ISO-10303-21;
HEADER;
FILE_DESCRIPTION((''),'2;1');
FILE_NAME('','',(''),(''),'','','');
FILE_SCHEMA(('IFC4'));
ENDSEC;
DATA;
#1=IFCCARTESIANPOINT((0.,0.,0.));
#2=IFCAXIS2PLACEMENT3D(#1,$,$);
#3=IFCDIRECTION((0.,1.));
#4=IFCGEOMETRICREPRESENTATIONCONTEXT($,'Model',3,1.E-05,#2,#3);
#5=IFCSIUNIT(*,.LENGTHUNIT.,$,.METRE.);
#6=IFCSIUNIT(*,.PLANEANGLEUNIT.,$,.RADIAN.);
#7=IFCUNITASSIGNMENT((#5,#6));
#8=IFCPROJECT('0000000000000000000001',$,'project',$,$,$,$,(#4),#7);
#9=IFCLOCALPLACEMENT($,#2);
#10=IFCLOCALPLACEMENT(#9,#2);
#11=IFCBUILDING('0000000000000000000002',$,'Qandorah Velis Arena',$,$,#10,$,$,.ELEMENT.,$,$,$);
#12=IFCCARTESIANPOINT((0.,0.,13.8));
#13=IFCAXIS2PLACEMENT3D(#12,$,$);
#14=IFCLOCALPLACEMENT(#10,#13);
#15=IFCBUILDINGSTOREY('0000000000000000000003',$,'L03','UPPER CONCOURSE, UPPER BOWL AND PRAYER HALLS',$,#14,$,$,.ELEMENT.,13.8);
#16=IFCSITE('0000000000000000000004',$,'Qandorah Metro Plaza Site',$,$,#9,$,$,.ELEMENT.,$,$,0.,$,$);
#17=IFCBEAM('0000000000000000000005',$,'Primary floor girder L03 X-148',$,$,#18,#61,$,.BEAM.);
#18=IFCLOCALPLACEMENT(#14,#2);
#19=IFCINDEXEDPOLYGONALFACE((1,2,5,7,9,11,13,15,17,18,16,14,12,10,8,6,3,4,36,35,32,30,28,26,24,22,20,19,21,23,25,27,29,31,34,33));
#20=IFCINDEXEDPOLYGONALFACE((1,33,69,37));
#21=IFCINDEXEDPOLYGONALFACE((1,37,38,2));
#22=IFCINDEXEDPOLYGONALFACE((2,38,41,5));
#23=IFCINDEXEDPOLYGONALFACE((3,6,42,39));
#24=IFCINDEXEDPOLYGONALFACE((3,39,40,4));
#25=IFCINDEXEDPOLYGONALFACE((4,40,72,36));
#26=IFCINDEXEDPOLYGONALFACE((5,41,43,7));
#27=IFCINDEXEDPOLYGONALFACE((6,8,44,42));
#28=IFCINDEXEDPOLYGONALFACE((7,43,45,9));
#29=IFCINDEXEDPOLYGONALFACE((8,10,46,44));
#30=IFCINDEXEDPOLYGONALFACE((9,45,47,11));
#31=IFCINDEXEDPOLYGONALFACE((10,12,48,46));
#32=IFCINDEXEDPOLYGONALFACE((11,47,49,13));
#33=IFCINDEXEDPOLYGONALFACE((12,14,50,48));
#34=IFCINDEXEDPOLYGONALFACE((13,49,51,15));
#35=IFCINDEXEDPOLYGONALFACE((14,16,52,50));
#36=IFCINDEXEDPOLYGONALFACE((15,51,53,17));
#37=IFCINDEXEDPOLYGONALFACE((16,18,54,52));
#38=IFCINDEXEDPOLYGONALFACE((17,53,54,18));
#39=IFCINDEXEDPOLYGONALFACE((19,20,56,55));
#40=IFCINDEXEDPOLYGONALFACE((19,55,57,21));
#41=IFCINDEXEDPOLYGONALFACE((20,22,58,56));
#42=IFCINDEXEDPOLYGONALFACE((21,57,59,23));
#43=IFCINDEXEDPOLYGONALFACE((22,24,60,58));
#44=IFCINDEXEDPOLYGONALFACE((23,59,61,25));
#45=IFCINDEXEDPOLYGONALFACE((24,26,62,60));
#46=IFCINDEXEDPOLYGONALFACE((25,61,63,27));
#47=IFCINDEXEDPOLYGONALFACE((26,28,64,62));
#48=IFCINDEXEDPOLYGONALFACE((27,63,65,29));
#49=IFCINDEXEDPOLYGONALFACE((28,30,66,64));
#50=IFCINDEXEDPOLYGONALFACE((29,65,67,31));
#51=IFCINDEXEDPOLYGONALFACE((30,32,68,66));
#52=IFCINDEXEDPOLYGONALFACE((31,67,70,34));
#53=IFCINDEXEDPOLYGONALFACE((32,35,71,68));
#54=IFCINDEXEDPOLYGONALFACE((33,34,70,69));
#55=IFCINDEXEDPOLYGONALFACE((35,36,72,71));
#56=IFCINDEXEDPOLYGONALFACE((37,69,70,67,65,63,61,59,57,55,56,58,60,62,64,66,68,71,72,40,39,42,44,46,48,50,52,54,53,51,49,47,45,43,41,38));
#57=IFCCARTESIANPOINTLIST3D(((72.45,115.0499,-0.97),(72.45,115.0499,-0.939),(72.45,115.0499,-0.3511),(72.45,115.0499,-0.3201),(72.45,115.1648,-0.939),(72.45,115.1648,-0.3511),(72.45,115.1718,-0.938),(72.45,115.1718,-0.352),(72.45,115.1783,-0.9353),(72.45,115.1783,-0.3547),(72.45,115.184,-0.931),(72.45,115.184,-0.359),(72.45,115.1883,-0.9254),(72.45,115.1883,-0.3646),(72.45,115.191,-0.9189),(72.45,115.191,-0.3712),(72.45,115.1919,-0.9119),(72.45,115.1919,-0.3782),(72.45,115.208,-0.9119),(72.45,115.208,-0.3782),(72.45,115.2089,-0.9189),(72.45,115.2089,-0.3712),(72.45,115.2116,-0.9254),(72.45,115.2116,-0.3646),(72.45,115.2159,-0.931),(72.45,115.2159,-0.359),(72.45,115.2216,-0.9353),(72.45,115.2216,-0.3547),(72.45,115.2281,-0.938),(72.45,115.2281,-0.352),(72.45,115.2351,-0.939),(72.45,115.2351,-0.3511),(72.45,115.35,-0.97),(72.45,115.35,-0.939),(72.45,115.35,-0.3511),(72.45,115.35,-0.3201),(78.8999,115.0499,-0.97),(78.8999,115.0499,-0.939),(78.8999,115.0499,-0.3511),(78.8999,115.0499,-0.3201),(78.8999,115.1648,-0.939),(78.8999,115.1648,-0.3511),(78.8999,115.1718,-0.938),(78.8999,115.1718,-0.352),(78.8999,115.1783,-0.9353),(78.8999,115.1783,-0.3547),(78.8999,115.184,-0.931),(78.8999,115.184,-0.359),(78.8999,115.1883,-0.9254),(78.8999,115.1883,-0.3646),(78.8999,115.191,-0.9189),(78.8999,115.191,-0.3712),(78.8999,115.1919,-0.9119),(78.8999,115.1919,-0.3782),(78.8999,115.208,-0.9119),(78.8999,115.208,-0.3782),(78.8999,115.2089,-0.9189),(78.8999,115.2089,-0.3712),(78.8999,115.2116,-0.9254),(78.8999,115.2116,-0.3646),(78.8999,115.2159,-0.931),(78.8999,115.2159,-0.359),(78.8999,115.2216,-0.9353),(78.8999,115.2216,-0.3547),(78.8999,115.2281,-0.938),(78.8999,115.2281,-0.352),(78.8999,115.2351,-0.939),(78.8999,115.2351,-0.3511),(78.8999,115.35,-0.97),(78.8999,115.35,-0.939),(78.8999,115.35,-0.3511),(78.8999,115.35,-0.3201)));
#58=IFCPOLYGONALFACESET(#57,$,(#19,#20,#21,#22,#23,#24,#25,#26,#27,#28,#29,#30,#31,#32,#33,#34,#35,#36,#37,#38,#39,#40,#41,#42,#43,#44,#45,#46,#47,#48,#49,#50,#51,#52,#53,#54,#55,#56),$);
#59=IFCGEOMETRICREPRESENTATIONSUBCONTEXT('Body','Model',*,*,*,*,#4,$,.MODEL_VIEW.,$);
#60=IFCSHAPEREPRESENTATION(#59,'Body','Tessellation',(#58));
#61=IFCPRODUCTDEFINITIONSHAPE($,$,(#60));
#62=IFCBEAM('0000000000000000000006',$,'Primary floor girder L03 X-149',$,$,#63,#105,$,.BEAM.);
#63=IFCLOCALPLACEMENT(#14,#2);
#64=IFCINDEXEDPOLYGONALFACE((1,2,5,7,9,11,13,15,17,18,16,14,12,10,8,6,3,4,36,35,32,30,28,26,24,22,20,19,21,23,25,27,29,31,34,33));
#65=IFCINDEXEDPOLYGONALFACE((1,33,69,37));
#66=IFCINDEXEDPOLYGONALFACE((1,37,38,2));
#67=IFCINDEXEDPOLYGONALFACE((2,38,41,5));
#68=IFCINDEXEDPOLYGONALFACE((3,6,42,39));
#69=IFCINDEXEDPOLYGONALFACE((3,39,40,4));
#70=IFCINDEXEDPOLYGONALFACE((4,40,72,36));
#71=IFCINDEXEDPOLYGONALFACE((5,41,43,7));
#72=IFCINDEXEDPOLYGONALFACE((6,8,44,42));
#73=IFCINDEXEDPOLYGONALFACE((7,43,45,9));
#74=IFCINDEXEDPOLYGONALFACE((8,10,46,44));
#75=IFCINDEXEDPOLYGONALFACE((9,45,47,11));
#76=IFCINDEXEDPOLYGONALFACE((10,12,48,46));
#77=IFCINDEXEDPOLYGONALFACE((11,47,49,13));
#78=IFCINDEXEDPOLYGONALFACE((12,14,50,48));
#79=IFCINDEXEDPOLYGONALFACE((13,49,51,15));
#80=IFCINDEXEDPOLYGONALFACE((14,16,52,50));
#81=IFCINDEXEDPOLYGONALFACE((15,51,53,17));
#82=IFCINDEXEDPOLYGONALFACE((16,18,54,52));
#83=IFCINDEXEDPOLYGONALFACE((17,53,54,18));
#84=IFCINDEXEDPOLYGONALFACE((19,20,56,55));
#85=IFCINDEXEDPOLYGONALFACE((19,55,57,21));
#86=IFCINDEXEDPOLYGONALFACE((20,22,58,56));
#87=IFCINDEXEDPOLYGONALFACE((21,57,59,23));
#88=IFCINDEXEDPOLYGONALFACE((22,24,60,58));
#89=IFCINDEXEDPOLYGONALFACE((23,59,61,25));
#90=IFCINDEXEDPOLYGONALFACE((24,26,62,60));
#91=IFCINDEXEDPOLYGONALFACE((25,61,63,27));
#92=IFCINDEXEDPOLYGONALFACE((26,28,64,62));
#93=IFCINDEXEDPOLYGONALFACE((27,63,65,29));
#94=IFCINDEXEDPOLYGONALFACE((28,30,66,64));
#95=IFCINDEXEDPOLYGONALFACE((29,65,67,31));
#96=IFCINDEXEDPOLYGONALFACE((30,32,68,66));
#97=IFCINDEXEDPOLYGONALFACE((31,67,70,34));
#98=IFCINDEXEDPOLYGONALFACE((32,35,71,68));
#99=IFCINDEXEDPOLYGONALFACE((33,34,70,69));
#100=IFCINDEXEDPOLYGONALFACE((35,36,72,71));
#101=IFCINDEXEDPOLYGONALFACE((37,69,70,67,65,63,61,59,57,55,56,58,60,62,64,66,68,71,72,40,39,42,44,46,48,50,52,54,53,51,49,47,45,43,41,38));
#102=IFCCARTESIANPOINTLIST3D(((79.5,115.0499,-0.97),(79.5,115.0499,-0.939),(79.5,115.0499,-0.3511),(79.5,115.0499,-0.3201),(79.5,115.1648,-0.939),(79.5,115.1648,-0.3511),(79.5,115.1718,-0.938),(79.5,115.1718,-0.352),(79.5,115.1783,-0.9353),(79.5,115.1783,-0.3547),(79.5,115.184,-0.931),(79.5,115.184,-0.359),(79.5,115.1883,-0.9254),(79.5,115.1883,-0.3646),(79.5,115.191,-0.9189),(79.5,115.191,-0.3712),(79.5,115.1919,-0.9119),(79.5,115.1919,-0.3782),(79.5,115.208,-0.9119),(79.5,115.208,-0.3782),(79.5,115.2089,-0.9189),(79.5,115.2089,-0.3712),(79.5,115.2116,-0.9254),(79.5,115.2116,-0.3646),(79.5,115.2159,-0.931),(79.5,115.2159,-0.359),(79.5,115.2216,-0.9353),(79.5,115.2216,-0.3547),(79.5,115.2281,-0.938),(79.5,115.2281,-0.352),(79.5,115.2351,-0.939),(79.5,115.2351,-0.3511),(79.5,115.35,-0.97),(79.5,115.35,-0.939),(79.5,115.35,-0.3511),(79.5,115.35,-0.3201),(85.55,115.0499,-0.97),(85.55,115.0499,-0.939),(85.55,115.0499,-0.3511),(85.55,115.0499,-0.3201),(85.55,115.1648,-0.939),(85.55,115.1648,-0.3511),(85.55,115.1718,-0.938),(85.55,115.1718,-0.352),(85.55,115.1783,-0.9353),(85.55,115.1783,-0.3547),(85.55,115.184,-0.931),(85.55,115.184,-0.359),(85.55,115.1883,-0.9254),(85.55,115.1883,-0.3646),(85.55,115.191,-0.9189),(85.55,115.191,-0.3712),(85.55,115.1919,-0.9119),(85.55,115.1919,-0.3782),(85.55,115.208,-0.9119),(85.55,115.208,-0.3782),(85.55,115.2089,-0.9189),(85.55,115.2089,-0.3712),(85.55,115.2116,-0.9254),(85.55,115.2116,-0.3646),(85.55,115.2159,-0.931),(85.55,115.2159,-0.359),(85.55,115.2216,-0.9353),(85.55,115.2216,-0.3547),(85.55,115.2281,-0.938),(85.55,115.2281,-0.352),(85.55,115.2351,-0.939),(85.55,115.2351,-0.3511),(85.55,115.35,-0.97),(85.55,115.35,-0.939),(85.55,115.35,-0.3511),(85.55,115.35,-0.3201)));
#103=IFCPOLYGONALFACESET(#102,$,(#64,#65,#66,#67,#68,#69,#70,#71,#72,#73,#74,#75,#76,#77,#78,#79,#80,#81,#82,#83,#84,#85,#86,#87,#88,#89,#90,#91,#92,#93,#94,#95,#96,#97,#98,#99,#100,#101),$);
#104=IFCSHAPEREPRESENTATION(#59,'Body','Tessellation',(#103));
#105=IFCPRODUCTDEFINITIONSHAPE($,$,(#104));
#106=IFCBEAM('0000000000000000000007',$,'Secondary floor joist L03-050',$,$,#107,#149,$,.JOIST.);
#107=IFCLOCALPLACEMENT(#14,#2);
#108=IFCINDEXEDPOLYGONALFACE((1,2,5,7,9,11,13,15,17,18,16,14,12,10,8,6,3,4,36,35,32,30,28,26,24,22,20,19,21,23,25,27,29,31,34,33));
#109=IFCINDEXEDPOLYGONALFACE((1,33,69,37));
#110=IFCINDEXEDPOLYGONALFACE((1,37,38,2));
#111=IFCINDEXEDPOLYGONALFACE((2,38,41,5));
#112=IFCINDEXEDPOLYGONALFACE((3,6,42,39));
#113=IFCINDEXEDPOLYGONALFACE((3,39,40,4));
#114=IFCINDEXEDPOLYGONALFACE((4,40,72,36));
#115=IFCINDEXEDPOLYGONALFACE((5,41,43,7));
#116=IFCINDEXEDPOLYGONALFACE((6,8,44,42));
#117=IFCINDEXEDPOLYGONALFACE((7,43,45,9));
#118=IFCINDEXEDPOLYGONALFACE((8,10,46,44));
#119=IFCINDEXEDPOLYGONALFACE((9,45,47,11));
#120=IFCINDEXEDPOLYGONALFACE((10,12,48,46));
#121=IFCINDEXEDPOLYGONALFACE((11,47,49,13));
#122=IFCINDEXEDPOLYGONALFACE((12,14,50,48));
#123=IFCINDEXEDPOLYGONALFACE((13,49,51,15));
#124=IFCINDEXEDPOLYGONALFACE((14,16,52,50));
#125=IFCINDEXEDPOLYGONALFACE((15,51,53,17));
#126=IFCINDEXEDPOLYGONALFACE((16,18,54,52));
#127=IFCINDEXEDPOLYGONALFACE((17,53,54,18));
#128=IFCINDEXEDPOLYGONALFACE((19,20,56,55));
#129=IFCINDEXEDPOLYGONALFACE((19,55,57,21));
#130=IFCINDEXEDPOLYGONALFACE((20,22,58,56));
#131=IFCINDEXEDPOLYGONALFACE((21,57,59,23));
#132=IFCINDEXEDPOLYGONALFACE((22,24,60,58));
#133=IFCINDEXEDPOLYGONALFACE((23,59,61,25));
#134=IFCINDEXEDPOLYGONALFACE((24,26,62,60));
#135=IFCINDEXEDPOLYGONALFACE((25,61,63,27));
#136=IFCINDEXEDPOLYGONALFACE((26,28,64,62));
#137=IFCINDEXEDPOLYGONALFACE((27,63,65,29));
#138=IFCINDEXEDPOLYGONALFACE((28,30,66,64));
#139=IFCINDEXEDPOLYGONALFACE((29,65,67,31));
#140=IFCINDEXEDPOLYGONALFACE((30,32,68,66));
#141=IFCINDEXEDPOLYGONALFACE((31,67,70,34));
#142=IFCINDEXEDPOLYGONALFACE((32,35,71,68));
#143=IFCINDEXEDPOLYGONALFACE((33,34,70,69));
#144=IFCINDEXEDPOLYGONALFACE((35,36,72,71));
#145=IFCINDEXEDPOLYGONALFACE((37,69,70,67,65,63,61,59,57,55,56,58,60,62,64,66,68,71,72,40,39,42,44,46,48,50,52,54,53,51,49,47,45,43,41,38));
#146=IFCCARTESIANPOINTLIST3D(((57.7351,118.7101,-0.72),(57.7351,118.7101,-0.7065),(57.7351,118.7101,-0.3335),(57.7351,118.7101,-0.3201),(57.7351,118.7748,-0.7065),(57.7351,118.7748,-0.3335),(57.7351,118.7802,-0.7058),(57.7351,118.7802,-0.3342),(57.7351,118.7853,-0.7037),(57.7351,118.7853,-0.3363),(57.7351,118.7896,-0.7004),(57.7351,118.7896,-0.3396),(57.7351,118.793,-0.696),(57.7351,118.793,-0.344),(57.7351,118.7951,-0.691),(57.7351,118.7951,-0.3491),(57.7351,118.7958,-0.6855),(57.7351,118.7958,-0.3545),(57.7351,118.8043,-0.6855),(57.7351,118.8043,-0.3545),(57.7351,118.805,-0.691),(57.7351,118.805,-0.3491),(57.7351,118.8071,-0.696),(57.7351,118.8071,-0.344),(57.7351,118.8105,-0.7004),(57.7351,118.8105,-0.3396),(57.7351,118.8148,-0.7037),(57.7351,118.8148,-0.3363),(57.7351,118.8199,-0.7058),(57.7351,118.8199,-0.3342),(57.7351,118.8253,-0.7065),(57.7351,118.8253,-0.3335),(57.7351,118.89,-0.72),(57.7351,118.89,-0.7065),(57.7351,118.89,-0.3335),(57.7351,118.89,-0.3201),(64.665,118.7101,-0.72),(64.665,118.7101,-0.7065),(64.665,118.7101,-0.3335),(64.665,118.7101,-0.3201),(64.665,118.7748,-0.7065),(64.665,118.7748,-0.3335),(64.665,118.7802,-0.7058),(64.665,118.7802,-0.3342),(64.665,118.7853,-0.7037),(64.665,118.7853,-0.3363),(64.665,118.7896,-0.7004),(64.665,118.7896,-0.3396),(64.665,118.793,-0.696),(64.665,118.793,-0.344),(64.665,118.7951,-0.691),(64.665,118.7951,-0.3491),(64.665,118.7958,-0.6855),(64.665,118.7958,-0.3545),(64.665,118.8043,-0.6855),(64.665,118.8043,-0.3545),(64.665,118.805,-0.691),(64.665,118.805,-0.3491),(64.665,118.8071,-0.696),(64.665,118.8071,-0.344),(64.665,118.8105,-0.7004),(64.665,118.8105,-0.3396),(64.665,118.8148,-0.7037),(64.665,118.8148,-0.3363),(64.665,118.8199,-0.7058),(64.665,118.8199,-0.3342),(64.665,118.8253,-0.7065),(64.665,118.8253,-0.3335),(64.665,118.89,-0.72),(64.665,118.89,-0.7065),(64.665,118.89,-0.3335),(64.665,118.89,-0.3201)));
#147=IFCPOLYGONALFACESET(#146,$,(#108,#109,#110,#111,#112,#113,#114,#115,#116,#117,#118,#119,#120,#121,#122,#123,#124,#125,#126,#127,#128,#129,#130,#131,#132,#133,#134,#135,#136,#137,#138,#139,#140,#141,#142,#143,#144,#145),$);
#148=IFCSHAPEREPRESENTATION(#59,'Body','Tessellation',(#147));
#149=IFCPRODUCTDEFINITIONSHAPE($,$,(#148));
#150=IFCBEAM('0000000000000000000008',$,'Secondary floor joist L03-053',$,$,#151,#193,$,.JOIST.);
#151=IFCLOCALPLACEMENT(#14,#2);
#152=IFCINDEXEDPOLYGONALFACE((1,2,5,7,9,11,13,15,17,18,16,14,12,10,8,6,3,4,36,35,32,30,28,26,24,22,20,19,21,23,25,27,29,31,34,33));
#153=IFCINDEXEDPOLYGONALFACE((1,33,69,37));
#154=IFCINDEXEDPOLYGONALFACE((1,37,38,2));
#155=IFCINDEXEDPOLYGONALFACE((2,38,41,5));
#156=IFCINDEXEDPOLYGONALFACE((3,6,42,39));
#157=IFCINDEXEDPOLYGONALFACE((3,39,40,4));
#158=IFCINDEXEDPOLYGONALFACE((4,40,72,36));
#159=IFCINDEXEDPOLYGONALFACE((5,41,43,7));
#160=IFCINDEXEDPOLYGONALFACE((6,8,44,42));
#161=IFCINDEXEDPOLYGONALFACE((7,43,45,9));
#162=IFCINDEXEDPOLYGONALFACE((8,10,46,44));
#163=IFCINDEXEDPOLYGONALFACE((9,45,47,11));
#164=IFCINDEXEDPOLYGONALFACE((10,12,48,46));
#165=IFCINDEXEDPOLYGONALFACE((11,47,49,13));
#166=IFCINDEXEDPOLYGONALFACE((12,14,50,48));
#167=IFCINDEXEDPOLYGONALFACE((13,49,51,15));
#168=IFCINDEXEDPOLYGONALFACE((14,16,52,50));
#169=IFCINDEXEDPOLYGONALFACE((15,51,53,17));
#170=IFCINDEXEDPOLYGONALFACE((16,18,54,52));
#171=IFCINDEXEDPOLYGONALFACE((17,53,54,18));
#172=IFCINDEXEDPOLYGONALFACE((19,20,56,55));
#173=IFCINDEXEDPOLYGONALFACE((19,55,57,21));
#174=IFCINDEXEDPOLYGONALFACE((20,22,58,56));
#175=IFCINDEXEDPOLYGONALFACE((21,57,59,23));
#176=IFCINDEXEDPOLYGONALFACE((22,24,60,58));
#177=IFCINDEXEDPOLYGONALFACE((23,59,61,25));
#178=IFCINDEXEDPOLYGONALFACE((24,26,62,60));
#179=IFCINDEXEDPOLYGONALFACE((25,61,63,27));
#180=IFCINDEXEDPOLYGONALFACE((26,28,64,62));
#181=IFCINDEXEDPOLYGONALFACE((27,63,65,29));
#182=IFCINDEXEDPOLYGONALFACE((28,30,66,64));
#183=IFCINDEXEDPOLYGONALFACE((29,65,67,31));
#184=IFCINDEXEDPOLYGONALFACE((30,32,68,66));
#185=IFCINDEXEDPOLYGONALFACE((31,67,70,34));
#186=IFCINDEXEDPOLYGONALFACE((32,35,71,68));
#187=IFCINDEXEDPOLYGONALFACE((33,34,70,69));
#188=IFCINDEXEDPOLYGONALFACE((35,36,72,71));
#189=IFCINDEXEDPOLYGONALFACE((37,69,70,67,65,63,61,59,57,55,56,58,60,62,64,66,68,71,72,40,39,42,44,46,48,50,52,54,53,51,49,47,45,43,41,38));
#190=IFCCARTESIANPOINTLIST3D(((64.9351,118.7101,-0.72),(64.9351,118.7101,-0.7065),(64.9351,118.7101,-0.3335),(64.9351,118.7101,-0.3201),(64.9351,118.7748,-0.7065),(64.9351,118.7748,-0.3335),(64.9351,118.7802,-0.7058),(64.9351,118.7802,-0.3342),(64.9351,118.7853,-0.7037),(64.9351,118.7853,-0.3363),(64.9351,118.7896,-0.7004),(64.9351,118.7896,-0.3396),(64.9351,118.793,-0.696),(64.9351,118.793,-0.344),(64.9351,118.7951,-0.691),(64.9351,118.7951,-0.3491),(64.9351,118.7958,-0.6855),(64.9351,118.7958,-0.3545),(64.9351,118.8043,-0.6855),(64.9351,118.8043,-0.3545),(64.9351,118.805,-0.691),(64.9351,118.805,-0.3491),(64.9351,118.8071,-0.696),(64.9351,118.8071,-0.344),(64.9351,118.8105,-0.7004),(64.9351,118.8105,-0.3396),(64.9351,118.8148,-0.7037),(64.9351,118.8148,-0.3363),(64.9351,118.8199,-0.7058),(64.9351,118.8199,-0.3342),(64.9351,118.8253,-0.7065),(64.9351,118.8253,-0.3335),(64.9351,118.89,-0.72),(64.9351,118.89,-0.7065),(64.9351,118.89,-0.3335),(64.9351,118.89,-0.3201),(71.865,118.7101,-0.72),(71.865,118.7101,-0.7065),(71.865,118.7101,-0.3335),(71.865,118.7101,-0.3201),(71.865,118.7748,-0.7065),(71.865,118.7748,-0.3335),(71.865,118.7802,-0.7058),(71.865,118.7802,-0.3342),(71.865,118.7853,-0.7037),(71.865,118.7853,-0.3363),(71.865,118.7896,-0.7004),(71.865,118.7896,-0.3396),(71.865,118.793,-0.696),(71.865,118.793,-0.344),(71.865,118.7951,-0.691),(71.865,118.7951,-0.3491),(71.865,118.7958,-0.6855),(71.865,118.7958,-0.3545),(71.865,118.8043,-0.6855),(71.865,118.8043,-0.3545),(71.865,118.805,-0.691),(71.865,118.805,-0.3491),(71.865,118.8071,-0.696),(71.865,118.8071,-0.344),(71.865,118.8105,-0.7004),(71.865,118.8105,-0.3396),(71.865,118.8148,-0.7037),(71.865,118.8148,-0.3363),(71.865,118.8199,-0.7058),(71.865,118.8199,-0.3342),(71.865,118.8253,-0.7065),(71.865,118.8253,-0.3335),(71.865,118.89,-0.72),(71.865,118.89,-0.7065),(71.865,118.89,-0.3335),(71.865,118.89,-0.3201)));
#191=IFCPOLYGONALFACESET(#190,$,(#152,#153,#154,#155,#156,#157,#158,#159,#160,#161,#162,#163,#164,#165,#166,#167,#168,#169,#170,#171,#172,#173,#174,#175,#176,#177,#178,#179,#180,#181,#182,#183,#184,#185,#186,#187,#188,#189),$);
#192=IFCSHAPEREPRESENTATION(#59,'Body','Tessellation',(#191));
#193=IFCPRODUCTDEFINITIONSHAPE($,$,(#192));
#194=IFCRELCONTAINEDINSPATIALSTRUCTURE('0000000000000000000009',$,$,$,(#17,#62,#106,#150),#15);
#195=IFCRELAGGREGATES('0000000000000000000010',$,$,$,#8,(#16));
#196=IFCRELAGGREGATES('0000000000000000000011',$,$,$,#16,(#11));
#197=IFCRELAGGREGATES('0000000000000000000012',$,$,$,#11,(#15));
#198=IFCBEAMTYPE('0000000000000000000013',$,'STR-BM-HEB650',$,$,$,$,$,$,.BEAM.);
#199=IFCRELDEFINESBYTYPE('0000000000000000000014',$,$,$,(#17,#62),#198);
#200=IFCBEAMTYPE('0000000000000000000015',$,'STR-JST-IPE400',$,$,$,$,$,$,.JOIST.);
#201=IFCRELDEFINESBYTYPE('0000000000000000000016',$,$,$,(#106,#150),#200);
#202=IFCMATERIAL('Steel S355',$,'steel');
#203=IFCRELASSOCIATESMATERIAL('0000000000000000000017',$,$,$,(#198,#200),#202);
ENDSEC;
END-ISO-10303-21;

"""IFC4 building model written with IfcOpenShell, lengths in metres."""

from ifc_helpers import new_model, si_unit, direction, frame, origin, origin_2d, place, context, subcontext, project, spatial, i_section, extrude, material, material_profile, profile_set, type_object, element, save


model = new_model("IFC4")

# Units and contexts
model_context = context("Model", 3, precision=1e-05, world=origin(), true_north=direction((0.0, 1.0)))
body_context = subcontext(model_context, "Body", "Model", "MODEL_VIEW")
ifc_project = project(units=[si_unit("LENGTHUNIT", "METRE"), si_unit("PLANEANGLEUNIT", "RADIAN")], contexts=[model_context])

# Site, building, storey
site_placement = place(None, origin())
site = spatial("IfcSite", under=ifc_project, at=site_placement, Name="Qandorah Metro Plaza Site", CompositionType="ELEMENT", RefElevation=0.0)
building_placement = place(site_placement, origin())
building = spatial("IfcBuilding", under=site, at=building_placement, Name="Qandorah Velis Arena", CompositionType="ELEMENT")
storey_placement = place(building_placement, frame((0.0, 0.0, 13.8)))
storey = spatial("IfcBuildingStorey", under=building, at=storey_placement, Name="L03", Description="UPPER CONCOURSE, UPPER BOWL AND PRAYER HALLS", CompositionType="ELEMENT", Elevation=13.8)

# Beams
ifc_material_1 = material(Name="Steel S355", Category="steel")
ifc_material_profile_1 = material_profile(ifc_material_1, i_section(OverallWidth=0.3, OverallDepth=0.6499, WebThickness=0.0161, FlangeThickness=0.031, FilletRadius=0.0271, at=origin_2d()), Name="HEB 650")
ifc_profile_set_1 = profile_set([ifc_material_profile_1], Name="Steel S355")
beam_type_1 = type_object("IfcBeamType", Name="STR-BM-HEB650", PredefinedType="BEAM", material=ifc_profile_set_1)
beam_1_placement = place(storey_placement, frame((72.45, 115.2, -0.645), z_axis=(1.0, 0.0, 0.0), x_axis=(0.0, 1.0, 0.0)))
element("IfcBeam", 1, at=beam_1_placement, inside=storey, type_object=beam_type_1, Name="Primary floor girder L03 X-148", PredefinedType="BEAM", context=body_context, shape_type="SweptSolid", body=[
    extrude(i_section(OverallWidth=0.3, OverallDepth=0.6499, WebThickness=0.0161, FlangeThickness=0.031, FilletRadius=0.0271, at=origin_2d()), origin(), (0.0, 0.0, 1.0), 6.45),
])
beam_2_placement = place(storey_placement, frame((79.5, 115.2, -0.645), z_axis=(1.0, 0.0, 0.0), x_axis=(0.0, 1.0, 0.0)))
element("IfcBeam", 2, at=beam_2_placement, inside=storey, type_object=beam_type_1, Name="Primary floor girder L03 X-149", PredefinedType="BEAM", context=body_context, shape_type="SweptSolid", body=[
    extrude(i_section(OverallWidth=0.3, OverallDepth=0.6499, WebThickness=0.0161, FlangeThickness=0.031, FilletRadius=0.0271, at=origin_2d()), origin(), (0.0, 0.0, 1.0), 6.05),
])
ifc_material_profile_2 = material_profile(ifc_material_1, i_section(OverallWidth=0.1799, OverallDepth=0.3999, WebThickness=0.0085, FlangeThickness=0.0134, FilletRadius=0.021, at=origin_2d()), Name="IPE 400")
ifc_profile_set_2 = profile_set([ifc_material_profile_2], Name="Steel S355")
beam_type_2 = type_object("IfcBeamType", Name="STR-JST-IPE400", PredefinedType="JOIST", material=ifc_profile_set_2)
for number, where, z_axis, x_axis, name in (
    (3, (57.7351, 118.8, -0.52), (1.0, 0.0, 0.0), (0.0, 1.0, 0.0), "Secondary floor joist L03-050"),
    (4, (64.9351, 118.8, -0.52), (1.0, 0.0, 0.0), (0.0, 1.0, 0.0), "Secondary floor joist L03-053"),
):
    element("IfcBeam", number, at=place(storey_placement, frame(where, z_axis=z_axis, x_axis=x_axis)), inside=storey, type_object=beam_type_2, Name=name, PredefinedType="JOIST", context=body_context, shape_type="SweptSolid", body=[
        extrude(i_section(OverallWidth=0.1799, OverallDepth=0.3999, WebThickness=0.0085, FlangeThickness=0.0134, FilletRadius=0.021, at=origin_2d()), origin(), (0.0, 0.0, 1.0), 6.9299),
    ])

save(model, "model.ifc")
